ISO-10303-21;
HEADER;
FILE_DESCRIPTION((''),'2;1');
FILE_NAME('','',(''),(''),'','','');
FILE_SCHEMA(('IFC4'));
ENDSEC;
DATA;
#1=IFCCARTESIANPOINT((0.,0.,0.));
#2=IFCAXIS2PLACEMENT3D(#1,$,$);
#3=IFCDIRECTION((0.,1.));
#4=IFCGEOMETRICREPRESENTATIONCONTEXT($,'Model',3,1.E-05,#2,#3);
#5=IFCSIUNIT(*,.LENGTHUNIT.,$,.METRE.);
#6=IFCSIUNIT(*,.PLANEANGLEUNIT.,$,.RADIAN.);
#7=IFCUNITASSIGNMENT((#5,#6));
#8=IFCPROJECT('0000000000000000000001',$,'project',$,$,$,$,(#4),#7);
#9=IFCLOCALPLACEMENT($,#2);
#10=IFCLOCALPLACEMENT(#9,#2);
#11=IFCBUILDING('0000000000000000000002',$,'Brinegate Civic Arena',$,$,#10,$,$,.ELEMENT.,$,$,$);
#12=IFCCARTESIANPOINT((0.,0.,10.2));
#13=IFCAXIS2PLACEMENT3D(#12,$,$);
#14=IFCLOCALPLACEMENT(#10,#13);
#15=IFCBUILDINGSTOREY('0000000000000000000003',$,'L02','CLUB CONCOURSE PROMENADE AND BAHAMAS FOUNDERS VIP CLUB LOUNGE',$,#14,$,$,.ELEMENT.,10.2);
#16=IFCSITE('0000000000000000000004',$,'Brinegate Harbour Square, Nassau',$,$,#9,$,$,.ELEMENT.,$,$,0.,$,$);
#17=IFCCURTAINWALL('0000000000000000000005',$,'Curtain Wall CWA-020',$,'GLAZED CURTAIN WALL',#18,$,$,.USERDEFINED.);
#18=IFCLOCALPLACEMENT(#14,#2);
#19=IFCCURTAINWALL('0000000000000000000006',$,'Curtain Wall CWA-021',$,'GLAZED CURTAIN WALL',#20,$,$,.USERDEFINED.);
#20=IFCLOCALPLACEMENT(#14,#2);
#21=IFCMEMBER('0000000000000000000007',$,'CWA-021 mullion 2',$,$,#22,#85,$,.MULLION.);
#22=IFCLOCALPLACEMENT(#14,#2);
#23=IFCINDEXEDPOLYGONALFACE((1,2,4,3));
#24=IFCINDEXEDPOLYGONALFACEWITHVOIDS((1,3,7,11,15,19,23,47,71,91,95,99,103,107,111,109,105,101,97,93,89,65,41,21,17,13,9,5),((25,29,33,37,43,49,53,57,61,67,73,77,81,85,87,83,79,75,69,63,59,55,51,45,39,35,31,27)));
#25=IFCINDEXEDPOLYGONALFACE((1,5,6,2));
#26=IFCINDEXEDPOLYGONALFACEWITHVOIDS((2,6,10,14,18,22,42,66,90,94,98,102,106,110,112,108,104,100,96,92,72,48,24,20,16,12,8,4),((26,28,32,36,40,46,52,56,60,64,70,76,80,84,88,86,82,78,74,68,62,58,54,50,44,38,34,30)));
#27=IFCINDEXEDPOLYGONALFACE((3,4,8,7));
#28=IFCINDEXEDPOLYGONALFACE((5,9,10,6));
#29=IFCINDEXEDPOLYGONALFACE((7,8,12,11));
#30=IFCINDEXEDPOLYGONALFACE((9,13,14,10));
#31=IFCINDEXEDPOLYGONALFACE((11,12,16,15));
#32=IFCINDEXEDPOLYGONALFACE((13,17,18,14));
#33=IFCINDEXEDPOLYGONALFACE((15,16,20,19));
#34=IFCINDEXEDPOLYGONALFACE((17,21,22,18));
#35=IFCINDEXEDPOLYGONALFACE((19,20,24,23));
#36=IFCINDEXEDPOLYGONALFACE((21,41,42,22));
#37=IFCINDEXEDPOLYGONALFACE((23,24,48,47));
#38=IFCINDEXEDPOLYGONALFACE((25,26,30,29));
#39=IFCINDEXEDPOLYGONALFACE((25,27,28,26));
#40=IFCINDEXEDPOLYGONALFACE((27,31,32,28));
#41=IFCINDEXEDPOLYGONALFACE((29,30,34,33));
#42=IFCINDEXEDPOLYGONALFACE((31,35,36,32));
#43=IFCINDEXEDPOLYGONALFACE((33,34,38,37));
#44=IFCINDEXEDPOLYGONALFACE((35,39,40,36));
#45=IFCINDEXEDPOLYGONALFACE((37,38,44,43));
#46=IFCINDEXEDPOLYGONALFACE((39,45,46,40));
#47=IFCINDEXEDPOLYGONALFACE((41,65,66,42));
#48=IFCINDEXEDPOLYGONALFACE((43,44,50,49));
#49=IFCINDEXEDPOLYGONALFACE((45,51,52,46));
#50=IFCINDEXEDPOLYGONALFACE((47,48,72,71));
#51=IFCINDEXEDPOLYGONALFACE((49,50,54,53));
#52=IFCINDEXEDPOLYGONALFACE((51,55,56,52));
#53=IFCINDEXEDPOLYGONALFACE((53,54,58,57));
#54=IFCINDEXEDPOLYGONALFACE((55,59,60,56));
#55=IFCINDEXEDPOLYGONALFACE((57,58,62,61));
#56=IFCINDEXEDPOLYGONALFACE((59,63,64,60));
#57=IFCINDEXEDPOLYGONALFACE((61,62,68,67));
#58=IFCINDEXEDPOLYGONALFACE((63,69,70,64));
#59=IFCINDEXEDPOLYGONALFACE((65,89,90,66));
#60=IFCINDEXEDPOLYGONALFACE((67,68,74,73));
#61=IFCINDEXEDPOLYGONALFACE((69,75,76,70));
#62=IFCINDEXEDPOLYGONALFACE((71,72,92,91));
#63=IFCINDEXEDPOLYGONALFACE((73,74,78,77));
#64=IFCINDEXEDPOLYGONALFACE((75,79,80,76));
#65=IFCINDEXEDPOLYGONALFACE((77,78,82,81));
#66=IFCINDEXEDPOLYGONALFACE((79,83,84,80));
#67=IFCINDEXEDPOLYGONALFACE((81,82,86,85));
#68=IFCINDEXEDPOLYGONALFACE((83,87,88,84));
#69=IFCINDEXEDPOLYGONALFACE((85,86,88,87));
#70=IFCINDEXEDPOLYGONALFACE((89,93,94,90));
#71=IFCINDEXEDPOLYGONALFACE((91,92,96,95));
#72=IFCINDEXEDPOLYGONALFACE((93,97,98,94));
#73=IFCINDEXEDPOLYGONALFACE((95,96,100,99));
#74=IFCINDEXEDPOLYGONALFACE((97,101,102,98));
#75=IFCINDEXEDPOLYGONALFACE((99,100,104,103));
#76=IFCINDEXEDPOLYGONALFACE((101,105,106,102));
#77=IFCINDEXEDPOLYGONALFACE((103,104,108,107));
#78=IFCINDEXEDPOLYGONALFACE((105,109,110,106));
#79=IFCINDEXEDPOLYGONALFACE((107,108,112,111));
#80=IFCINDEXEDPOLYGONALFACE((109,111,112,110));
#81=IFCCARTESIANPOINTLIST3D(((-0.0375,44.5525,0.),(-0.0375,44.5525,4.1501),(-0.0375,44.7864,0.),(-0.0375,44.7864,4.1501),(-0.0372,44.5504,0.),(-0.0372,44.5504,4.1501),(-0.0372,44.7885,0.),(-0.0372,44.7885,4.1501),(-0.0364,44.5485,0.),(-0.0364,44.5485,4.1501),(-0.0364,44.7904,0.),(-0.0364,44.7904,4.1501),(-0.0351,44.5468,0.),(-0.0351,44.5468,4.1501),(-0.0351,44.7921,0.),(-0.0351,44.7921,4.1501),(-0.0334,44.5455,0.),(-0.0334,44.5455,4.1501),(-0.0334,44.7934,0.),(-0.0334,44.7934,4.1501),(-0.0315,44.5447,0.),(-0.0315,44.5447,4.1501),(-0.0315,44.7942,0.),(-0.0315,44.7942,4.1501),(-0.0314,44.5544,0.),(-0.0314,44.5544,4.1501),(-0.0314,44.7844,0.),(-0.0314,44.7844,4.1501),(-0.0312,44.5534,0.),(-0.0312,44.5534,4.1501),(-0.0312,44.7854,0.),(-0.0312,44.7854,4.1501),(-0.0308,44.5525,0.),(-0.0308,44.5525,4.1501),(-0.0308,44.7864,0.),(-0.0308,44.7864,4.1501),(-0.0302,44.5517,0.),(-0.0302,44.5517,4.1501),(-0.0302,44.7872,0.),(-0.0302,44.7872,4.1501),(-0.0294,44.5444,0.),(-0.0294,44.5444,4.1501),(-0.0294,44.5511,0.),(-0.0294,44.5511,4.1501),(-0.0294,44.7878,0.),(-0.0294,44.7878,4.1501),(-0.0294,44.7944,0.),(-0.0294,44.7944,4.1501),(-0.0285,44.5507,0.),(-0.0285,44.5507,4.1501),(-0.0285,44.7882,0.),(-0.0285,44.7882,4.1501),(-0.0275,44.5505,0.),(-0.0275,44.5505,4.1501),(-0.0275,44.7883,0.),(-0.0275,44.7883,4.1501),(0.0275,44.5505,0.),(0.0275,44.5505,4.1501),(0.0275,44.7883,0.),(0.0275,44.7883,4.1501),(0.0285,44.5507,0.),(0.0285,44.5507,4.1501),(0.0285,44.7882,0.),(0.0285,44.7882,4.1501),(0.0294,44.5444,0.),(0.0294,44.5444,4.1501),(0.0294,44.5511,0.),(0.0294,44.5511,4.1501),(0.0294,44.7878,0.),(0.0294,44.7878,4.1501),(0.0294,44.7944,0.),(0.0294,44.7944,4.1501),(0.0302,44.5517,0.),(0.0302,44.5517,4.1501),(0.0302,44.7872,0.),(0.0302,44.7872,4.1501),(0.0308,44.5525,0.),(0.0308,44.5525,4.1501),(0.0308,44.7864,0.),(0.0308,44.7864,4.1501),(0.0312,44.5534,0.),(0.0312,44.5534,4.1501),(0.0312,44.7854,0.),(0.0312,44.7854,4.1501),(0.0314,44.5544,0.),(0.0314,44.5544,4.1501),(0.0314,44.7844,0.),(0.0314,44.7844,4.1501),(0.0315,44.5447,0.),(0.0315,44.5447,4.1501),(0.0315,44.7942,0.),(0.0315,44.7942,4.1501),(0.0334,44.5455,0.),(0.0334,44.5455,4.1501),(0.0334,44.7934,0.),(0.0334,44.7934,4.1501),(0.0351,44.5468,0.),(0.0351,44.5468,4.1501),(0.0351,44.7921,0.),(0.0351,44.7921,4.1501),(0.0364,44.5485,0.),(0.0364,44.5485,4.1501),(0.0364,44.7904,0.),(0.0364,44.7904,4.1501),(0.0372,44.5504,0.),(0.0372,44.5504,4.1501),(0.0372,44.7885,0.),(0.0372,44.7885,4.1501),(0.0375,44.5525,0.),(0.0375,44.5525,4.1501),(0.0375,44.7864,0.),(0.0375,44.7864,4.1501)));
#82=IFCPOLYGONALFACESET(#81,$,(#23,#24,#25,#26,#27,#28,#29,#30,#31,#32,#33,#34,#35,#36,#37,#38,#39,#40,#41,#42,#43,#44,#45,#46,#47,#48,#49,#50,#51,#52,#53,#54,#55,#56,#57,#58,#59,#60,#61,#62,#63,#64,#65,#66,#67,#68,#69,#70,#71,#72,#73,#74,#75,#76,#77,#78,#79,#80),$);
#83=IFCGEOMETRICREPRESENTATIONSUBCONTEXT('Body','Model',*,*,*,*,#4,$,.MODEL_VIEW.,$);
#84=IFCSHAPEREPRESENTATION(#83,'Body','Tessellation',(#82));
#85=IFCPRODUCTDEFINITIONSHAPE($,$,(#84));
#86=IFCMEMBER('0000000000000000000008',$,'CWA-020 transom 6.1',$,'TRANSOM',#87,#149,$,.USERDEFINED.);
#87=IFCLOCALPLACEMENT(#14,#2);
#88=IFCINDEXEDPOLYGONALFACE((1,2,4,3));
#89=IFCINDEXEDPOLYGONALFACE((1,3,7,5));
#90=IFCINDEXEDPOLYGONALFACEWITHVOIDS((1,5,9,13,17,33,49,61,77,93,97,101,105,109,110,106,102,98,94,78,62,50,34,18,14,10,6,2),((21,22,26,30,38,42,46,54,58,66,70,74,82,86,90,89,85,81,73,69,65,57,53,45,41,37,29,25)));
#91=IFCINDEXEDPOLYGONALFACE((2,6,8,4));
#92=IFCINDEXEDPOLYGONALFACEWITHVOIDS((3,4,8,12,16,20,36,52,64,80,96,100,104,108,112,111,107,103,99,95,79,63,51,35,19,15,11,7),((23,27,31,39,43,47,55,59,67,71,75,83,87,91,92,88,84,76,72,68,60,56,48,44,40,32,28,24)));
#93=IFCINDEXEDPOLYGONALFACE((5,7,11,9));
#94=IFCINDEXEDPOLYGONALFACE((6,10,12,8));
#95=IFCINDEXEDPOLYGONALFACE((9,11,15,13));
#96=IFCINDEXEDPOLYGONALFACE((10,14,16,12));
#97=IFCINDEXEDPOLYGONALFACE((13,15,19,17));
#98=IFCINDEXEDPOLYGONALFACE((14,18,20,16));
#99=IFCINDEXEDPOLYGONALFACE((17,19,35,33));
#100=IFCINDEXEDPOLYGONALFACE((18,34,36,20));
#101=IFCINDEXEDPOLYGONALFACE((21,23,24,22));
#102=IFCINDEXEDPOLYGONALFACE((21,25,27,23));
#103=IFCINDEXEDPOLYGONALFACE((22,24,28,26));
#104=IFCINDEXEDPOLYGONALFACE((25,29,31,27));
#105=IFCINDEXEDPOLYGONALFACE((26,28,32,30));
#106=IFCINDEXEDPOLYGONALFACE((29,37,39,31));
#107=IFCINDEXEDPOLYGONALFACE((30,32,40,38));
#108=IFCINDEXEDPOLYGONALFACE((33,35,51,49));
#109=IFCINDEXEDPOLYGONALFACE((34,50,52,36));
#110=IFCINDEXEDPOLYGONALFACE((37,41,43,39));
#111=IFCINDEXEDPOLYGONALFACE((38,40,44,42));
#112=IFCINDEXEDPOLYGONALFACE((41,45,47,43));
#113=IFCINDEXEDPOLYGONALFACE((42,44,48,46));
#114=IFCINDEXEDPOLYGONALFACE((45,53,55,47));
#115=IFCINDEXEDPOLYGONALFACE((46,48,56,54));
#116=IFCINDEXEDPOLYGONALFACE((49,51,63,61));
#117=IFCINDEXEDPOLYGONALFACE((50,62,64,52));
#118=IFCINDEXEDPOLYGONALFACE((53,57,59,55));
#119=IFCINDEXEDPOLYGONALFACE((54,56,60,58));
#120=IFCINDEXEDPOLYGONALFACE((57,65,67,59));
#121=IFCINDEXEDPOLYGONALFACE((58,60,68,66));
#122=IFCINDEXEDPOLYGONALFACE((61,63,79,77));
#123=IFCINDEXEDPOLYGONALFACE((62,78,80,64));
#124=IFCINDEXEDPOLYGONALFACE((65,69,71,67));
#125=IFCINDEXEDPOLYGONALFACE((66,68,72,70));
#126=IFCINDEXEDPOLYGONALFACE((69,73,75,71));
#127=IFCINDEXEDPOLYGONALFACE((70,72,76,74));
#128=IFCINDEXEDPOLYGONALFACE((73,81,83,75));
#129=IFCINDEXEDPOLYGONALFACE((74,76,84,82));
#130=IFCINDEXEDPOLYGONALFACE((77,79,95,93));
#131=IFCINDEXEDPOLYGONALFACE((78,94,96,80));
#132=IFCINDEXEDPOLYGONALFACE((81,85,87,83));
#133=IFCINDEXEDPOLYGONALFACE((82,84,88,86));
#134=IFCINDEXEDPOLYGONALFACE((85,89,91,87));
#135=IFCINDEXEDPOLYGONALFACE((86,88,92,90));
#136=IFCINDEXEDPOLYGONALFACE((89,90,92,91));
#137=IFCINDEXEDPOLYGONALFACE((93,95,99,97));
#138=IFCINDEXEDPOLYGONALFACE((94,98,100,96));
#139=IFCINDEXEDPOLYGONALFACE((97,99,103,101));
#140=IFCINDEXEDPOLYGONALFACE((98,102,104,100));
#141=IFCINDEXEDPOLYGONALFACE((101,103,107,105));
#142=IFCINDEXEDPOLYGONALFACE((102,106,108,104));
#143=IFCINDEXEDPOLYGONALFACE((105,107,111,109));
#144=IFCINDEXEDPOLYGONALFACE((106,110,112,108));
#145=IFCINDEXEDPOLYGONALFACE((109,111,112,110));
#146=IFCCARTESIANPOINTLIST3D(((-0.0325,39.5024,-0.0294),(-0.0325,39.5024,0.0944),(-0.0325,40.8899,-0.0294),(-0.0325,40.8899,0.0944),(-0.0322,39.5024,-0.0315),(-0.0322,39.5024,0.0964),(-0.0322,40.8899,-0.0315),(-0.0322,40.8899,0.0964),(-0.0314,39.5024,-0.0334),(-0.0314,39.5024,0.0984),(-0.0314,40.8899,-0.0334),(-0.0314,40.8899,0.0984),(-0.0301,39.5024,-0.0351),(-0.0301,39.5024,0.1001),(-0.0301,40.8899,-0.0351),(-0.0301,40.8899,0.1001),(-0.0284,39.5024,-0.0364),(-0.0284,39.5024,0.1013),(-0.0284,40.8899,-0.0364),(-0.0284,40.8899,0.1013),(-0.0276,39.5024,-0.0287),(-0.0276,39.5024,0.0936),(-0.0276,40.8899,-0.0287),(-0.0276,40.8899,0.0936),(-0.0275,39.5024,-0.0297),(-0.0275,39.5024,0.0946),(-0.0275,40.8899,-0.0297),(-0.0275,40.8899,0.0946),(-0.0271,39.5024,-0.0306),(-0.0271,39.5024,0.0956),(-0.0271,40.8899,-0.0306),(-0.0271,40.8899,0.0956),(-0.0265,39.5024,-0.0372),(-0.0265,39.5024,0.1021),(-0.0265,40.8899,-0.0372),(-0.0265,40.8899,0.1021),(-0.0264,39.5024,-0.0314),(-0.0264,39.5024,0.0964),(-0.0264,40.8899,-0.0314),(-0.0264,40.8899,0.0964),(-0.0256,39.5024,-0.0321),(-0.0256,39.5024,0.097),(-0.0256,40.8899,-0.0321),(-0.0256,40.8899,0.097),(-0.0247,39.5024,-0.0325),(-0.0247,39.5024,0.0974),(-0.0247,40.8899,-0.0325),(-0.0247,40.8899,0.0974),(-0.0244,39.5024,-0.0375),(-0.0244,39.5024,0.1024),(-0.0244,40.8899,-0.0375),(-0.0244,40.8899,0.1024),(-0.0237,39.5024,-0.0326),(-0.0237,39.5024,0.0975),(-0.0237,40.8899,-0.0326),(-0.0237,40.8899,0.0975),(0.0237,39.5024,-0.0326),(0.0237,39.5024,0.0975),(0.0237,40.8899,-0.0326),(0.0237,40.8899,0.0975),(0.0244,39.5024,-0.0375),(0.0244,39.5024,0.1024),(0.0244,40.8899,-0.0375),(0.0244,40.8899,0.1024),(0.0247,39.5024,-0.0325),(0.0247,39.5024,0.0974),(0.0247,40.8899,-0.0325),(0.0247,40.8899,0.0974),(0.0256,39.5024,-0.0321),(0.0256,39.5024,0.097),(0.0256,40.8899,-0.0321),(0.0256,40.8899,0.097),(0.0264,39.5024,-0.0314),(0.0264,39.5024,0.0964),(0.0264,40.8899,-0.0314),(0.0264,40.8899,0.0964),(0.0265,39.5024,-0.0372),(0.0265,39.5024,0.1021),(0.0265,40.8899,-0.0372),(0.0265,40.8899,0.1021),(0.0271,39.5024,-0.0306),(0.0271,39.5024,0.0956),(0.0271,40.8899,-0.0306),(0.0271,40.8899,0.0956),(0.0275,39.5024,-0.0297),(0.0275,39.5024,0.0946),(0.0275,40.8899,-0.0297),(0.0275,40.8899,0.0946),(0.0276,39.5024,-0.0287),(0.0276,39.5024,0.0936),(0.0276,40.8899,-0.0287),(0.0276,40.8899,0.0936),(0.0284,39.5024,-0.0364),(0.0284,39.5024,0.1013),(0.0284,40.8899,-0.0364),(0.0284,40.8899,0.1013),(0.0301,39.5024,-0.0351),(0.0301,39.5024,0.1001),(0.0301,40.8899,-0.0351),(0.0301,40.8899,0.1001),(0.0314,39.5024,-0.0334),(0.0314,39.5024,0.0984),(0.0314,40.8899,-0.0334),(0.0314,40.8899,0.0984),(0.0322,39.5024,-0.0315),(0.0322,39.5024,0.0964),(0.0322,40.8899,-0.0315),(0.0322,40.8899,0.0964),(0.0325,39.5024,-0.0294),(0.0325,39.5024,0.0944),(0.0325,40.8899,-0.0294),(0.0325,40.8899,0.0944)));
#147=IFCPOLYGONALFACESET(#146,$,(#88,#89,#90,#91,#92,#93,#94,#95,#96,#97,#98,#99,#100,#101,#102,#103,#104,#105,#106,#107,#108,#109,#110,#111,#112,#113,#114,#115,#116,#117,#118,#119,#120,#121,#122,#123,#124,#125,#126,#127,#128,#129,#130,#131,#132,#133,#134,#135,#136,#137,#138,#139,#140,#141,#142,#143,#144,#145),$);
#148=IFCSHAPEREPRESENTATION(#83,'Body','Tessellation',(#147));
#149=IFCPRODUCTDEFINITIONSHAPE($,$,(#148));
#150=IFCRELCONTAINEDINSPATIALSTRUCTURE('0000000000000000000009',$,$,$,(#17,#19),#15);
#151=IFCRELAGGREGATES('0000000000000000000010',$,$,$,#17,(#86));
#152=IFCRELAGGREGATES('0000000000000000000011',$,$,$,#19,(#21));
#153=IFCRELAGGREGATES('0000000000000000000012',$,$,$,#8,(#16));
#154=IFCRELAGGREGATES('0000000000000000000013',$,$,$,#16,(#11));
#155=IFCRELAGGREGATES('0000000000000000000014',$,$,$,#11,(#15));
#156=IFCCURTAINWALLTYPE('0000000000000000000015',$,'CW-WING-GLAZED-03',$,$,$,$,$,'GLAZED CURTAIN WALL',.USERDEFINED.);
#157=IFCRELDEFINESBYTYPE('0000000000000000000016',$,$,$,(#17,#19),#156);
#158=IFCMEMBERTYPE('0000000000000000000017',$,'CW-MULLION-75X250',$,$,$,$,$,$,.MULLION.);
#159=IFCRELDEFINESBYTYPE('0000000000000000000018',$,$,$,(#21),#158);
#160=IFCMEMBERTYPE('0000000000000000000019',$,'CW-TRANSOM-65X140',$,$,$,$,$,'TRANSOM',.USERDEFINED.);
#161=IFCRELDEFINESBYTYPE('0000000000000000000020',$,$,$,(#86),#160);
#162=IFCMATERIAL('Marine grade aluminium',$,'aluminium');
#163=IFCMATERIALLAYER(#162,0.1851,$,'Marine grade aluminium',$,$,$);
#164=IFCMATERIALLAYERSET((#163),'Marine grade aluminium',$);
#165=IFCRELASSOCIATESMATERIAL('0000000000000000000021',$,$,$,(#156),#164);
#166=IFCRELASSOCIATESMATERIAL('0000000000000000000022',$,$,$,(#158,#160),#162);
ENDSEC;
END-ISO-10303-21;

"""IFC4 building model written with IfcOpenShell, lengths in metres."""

from ifc_helpers import new_model, si_unit, direction, frame, origin, origin_2d, place, context, subcontext, project, spatial, hollow_rectangle, extrude, material, layer, layer_set, material_profile, profile_set, type_object, element, aggregate, save


model = new_model("IFC4")

# Units and contexts
model_context = context("Model", 3, precision=1e-05, world=origin(), true_north=direction((0.0, 1.0)))
body_context = subcontext(model_context, "Body", "Model", "MODEL_VIEW")
ifc_project = project(units=[si_unit("LENGTHUNIT", "METRE"), si_unit("PLANEANGLEUNIT", "RADIAN")], contexts=[model_context])

# Site, building, storey
site_placement = place(None, origin())
site = spatial("IfcSite", under=ifc_project, at=site_placement, Name="Brinegate Harbour Square, Nassau", CompositionType="ELEMENT", RefElevation=0.0)
building_placement = place(site_placement, origin())
building = spatial("IfcBuilding", under=site, at=building_placement, Name="Brinegate Civic Arena", CompositionType="ELEMENT")
storey_placement = place(building_placement, frame((0.0, 0.0, 10.2)))
storey = spatial("IfcBuildingStorey", under=building, at=storey_placement, Name="L02", Description="CLUB CONCOURSE PROMENADE AND BAHAMAS FOUNDERS VIP CLUB LOUNGE", CompositionType="ELEMENT", Elevation=10.2)

# Curtain walls, member
ifc_material_1 = material(Name="Marine grade aluminium", Category="aluminium")
ifc_layer_1 = layer(ifc_material_1, 0.1851, Name="Marine grade aluminium")
ifc_layer_set_1 = layer_set([ifc_layer_1], Name="Marine grade aluminium")
curtain_wall_type = type_object("IfcCurtainWallType", Name="CW-WING-GLAZED-03", ElementType="GLAZED CURTAIN WALL", PredefinedType="USERDEFINED", material=ifc_layer_set_1)
curtain_wall_1_placement = place(storey_placement, origin())
curtain_wall_1 = element("IfcCurtainWall", 1, at=curtain_wall_1_placement, inside=storey, type_object=curtain_wall_type, Name="Curtain Wall CWA-020", ObjectType="GLAZED CURTAIN WALL", PredefinedType="USERDEFINED")
curtain_wall_2_placement = place(storey_placement, origin())
curtain_wall_2 = element("IfcCurtainWall", 2, at=curtain_wall_2_placement, inside=storey, type_object=curtain_wall_type, Name="Curtain Wall CWA-021", ObjectType="GLAZED CURTAIN WALL", PredefinedType="USERDEFINED")
ifc_material_profile_1 = material_profile(ifc_material_1, hollow_rectangle(XDim=0.075, YDim=0.25, WallThickness=0.0061, InnerFilletRadius=0.0039, OuterFilletRadius=0.0081, at=origin_2d()), Name="MUL75X250")
ifc_profile_set_1 = profile_set([ifc_material_profile_1], Name="Marine grade aluminium")
member_type_1 = type_object("IfcMemberType", Name="CW-MULLION-75X250", PredefinedType="MULLION", material=ifc_profile_set_1)
member_1_placement = place(storey_placement, frame((0.0, 44.6694, 0.0), z_axis=(0.0, 0.0, 1.0), x_axis=(-1.0, 0.0, 0.0)))
member_1 = element("IfcMember", 3, at=member_1_placement, type_object=member_type_1, Name="CWA-021 mullion 2", PredefinedType="MULLION", context=body_context, shape_type="SweptSolid", body=[
    extrude(hollow_rectangle(XDim=0.075, YDim=0.25, WallThickness=0.0061, InnerFilletRadius=0.0039, OuterFilletRadius=0.0081, at=origin_2d()), origin(), (0.0, 0.0, 1.0), 4.1501),
])

# Member
ifc_material_profile_2 = material_profile(ifc_material_1, hollow_rectangle(XDim=0.0649, YDim=0.1399, WallThickness=0.0049, InnerFilletRadius=0.0039, OuterFilletRadius=0.0081, at=origin_2d()), Name="TRN65X140")
ifc_profile_set_2 = profile_set([ifc_material_profile_2], Name="Marine grade aluminium")
member_type_2 = type_object("IfcMemberType", Name="CW-TRANSOM-65X140", ElementType="TRANSOM", PredefinedType="USERDEFINED", material=ifc_profile_set_2)
member_2_placement = place(storey_placement, frame((0.0, 39.5024, 0.0325), z_axis=(0.0, 1.0, 0.0), x_axis=(-1.0, 0.0, 0.0)))
member_2 = element("IfcMember", 4, at=member_2_placement, type_object=member_type_2, Name="CWA-020 transom 6.1", ObjectType="TRANSOM", PredefinedType="USERDEFINED", context=body_context, shape_type="SweptSolid", body=[
    extrude(hollow_rectangle(XDim=0.0649, YDim=0.1399, WallThickness=0.0049, InnerFilletRadius=0.0039, OuterFilletRadius=0.0081, at=origin_2d()), origin(), (0.0, 0.0, 1.0), 1.3875),
])

aggregate(curtain_wall_1, [member_2])
aggregate(curtain_wall_2, [member_1])

save(model, "model.ifc")
